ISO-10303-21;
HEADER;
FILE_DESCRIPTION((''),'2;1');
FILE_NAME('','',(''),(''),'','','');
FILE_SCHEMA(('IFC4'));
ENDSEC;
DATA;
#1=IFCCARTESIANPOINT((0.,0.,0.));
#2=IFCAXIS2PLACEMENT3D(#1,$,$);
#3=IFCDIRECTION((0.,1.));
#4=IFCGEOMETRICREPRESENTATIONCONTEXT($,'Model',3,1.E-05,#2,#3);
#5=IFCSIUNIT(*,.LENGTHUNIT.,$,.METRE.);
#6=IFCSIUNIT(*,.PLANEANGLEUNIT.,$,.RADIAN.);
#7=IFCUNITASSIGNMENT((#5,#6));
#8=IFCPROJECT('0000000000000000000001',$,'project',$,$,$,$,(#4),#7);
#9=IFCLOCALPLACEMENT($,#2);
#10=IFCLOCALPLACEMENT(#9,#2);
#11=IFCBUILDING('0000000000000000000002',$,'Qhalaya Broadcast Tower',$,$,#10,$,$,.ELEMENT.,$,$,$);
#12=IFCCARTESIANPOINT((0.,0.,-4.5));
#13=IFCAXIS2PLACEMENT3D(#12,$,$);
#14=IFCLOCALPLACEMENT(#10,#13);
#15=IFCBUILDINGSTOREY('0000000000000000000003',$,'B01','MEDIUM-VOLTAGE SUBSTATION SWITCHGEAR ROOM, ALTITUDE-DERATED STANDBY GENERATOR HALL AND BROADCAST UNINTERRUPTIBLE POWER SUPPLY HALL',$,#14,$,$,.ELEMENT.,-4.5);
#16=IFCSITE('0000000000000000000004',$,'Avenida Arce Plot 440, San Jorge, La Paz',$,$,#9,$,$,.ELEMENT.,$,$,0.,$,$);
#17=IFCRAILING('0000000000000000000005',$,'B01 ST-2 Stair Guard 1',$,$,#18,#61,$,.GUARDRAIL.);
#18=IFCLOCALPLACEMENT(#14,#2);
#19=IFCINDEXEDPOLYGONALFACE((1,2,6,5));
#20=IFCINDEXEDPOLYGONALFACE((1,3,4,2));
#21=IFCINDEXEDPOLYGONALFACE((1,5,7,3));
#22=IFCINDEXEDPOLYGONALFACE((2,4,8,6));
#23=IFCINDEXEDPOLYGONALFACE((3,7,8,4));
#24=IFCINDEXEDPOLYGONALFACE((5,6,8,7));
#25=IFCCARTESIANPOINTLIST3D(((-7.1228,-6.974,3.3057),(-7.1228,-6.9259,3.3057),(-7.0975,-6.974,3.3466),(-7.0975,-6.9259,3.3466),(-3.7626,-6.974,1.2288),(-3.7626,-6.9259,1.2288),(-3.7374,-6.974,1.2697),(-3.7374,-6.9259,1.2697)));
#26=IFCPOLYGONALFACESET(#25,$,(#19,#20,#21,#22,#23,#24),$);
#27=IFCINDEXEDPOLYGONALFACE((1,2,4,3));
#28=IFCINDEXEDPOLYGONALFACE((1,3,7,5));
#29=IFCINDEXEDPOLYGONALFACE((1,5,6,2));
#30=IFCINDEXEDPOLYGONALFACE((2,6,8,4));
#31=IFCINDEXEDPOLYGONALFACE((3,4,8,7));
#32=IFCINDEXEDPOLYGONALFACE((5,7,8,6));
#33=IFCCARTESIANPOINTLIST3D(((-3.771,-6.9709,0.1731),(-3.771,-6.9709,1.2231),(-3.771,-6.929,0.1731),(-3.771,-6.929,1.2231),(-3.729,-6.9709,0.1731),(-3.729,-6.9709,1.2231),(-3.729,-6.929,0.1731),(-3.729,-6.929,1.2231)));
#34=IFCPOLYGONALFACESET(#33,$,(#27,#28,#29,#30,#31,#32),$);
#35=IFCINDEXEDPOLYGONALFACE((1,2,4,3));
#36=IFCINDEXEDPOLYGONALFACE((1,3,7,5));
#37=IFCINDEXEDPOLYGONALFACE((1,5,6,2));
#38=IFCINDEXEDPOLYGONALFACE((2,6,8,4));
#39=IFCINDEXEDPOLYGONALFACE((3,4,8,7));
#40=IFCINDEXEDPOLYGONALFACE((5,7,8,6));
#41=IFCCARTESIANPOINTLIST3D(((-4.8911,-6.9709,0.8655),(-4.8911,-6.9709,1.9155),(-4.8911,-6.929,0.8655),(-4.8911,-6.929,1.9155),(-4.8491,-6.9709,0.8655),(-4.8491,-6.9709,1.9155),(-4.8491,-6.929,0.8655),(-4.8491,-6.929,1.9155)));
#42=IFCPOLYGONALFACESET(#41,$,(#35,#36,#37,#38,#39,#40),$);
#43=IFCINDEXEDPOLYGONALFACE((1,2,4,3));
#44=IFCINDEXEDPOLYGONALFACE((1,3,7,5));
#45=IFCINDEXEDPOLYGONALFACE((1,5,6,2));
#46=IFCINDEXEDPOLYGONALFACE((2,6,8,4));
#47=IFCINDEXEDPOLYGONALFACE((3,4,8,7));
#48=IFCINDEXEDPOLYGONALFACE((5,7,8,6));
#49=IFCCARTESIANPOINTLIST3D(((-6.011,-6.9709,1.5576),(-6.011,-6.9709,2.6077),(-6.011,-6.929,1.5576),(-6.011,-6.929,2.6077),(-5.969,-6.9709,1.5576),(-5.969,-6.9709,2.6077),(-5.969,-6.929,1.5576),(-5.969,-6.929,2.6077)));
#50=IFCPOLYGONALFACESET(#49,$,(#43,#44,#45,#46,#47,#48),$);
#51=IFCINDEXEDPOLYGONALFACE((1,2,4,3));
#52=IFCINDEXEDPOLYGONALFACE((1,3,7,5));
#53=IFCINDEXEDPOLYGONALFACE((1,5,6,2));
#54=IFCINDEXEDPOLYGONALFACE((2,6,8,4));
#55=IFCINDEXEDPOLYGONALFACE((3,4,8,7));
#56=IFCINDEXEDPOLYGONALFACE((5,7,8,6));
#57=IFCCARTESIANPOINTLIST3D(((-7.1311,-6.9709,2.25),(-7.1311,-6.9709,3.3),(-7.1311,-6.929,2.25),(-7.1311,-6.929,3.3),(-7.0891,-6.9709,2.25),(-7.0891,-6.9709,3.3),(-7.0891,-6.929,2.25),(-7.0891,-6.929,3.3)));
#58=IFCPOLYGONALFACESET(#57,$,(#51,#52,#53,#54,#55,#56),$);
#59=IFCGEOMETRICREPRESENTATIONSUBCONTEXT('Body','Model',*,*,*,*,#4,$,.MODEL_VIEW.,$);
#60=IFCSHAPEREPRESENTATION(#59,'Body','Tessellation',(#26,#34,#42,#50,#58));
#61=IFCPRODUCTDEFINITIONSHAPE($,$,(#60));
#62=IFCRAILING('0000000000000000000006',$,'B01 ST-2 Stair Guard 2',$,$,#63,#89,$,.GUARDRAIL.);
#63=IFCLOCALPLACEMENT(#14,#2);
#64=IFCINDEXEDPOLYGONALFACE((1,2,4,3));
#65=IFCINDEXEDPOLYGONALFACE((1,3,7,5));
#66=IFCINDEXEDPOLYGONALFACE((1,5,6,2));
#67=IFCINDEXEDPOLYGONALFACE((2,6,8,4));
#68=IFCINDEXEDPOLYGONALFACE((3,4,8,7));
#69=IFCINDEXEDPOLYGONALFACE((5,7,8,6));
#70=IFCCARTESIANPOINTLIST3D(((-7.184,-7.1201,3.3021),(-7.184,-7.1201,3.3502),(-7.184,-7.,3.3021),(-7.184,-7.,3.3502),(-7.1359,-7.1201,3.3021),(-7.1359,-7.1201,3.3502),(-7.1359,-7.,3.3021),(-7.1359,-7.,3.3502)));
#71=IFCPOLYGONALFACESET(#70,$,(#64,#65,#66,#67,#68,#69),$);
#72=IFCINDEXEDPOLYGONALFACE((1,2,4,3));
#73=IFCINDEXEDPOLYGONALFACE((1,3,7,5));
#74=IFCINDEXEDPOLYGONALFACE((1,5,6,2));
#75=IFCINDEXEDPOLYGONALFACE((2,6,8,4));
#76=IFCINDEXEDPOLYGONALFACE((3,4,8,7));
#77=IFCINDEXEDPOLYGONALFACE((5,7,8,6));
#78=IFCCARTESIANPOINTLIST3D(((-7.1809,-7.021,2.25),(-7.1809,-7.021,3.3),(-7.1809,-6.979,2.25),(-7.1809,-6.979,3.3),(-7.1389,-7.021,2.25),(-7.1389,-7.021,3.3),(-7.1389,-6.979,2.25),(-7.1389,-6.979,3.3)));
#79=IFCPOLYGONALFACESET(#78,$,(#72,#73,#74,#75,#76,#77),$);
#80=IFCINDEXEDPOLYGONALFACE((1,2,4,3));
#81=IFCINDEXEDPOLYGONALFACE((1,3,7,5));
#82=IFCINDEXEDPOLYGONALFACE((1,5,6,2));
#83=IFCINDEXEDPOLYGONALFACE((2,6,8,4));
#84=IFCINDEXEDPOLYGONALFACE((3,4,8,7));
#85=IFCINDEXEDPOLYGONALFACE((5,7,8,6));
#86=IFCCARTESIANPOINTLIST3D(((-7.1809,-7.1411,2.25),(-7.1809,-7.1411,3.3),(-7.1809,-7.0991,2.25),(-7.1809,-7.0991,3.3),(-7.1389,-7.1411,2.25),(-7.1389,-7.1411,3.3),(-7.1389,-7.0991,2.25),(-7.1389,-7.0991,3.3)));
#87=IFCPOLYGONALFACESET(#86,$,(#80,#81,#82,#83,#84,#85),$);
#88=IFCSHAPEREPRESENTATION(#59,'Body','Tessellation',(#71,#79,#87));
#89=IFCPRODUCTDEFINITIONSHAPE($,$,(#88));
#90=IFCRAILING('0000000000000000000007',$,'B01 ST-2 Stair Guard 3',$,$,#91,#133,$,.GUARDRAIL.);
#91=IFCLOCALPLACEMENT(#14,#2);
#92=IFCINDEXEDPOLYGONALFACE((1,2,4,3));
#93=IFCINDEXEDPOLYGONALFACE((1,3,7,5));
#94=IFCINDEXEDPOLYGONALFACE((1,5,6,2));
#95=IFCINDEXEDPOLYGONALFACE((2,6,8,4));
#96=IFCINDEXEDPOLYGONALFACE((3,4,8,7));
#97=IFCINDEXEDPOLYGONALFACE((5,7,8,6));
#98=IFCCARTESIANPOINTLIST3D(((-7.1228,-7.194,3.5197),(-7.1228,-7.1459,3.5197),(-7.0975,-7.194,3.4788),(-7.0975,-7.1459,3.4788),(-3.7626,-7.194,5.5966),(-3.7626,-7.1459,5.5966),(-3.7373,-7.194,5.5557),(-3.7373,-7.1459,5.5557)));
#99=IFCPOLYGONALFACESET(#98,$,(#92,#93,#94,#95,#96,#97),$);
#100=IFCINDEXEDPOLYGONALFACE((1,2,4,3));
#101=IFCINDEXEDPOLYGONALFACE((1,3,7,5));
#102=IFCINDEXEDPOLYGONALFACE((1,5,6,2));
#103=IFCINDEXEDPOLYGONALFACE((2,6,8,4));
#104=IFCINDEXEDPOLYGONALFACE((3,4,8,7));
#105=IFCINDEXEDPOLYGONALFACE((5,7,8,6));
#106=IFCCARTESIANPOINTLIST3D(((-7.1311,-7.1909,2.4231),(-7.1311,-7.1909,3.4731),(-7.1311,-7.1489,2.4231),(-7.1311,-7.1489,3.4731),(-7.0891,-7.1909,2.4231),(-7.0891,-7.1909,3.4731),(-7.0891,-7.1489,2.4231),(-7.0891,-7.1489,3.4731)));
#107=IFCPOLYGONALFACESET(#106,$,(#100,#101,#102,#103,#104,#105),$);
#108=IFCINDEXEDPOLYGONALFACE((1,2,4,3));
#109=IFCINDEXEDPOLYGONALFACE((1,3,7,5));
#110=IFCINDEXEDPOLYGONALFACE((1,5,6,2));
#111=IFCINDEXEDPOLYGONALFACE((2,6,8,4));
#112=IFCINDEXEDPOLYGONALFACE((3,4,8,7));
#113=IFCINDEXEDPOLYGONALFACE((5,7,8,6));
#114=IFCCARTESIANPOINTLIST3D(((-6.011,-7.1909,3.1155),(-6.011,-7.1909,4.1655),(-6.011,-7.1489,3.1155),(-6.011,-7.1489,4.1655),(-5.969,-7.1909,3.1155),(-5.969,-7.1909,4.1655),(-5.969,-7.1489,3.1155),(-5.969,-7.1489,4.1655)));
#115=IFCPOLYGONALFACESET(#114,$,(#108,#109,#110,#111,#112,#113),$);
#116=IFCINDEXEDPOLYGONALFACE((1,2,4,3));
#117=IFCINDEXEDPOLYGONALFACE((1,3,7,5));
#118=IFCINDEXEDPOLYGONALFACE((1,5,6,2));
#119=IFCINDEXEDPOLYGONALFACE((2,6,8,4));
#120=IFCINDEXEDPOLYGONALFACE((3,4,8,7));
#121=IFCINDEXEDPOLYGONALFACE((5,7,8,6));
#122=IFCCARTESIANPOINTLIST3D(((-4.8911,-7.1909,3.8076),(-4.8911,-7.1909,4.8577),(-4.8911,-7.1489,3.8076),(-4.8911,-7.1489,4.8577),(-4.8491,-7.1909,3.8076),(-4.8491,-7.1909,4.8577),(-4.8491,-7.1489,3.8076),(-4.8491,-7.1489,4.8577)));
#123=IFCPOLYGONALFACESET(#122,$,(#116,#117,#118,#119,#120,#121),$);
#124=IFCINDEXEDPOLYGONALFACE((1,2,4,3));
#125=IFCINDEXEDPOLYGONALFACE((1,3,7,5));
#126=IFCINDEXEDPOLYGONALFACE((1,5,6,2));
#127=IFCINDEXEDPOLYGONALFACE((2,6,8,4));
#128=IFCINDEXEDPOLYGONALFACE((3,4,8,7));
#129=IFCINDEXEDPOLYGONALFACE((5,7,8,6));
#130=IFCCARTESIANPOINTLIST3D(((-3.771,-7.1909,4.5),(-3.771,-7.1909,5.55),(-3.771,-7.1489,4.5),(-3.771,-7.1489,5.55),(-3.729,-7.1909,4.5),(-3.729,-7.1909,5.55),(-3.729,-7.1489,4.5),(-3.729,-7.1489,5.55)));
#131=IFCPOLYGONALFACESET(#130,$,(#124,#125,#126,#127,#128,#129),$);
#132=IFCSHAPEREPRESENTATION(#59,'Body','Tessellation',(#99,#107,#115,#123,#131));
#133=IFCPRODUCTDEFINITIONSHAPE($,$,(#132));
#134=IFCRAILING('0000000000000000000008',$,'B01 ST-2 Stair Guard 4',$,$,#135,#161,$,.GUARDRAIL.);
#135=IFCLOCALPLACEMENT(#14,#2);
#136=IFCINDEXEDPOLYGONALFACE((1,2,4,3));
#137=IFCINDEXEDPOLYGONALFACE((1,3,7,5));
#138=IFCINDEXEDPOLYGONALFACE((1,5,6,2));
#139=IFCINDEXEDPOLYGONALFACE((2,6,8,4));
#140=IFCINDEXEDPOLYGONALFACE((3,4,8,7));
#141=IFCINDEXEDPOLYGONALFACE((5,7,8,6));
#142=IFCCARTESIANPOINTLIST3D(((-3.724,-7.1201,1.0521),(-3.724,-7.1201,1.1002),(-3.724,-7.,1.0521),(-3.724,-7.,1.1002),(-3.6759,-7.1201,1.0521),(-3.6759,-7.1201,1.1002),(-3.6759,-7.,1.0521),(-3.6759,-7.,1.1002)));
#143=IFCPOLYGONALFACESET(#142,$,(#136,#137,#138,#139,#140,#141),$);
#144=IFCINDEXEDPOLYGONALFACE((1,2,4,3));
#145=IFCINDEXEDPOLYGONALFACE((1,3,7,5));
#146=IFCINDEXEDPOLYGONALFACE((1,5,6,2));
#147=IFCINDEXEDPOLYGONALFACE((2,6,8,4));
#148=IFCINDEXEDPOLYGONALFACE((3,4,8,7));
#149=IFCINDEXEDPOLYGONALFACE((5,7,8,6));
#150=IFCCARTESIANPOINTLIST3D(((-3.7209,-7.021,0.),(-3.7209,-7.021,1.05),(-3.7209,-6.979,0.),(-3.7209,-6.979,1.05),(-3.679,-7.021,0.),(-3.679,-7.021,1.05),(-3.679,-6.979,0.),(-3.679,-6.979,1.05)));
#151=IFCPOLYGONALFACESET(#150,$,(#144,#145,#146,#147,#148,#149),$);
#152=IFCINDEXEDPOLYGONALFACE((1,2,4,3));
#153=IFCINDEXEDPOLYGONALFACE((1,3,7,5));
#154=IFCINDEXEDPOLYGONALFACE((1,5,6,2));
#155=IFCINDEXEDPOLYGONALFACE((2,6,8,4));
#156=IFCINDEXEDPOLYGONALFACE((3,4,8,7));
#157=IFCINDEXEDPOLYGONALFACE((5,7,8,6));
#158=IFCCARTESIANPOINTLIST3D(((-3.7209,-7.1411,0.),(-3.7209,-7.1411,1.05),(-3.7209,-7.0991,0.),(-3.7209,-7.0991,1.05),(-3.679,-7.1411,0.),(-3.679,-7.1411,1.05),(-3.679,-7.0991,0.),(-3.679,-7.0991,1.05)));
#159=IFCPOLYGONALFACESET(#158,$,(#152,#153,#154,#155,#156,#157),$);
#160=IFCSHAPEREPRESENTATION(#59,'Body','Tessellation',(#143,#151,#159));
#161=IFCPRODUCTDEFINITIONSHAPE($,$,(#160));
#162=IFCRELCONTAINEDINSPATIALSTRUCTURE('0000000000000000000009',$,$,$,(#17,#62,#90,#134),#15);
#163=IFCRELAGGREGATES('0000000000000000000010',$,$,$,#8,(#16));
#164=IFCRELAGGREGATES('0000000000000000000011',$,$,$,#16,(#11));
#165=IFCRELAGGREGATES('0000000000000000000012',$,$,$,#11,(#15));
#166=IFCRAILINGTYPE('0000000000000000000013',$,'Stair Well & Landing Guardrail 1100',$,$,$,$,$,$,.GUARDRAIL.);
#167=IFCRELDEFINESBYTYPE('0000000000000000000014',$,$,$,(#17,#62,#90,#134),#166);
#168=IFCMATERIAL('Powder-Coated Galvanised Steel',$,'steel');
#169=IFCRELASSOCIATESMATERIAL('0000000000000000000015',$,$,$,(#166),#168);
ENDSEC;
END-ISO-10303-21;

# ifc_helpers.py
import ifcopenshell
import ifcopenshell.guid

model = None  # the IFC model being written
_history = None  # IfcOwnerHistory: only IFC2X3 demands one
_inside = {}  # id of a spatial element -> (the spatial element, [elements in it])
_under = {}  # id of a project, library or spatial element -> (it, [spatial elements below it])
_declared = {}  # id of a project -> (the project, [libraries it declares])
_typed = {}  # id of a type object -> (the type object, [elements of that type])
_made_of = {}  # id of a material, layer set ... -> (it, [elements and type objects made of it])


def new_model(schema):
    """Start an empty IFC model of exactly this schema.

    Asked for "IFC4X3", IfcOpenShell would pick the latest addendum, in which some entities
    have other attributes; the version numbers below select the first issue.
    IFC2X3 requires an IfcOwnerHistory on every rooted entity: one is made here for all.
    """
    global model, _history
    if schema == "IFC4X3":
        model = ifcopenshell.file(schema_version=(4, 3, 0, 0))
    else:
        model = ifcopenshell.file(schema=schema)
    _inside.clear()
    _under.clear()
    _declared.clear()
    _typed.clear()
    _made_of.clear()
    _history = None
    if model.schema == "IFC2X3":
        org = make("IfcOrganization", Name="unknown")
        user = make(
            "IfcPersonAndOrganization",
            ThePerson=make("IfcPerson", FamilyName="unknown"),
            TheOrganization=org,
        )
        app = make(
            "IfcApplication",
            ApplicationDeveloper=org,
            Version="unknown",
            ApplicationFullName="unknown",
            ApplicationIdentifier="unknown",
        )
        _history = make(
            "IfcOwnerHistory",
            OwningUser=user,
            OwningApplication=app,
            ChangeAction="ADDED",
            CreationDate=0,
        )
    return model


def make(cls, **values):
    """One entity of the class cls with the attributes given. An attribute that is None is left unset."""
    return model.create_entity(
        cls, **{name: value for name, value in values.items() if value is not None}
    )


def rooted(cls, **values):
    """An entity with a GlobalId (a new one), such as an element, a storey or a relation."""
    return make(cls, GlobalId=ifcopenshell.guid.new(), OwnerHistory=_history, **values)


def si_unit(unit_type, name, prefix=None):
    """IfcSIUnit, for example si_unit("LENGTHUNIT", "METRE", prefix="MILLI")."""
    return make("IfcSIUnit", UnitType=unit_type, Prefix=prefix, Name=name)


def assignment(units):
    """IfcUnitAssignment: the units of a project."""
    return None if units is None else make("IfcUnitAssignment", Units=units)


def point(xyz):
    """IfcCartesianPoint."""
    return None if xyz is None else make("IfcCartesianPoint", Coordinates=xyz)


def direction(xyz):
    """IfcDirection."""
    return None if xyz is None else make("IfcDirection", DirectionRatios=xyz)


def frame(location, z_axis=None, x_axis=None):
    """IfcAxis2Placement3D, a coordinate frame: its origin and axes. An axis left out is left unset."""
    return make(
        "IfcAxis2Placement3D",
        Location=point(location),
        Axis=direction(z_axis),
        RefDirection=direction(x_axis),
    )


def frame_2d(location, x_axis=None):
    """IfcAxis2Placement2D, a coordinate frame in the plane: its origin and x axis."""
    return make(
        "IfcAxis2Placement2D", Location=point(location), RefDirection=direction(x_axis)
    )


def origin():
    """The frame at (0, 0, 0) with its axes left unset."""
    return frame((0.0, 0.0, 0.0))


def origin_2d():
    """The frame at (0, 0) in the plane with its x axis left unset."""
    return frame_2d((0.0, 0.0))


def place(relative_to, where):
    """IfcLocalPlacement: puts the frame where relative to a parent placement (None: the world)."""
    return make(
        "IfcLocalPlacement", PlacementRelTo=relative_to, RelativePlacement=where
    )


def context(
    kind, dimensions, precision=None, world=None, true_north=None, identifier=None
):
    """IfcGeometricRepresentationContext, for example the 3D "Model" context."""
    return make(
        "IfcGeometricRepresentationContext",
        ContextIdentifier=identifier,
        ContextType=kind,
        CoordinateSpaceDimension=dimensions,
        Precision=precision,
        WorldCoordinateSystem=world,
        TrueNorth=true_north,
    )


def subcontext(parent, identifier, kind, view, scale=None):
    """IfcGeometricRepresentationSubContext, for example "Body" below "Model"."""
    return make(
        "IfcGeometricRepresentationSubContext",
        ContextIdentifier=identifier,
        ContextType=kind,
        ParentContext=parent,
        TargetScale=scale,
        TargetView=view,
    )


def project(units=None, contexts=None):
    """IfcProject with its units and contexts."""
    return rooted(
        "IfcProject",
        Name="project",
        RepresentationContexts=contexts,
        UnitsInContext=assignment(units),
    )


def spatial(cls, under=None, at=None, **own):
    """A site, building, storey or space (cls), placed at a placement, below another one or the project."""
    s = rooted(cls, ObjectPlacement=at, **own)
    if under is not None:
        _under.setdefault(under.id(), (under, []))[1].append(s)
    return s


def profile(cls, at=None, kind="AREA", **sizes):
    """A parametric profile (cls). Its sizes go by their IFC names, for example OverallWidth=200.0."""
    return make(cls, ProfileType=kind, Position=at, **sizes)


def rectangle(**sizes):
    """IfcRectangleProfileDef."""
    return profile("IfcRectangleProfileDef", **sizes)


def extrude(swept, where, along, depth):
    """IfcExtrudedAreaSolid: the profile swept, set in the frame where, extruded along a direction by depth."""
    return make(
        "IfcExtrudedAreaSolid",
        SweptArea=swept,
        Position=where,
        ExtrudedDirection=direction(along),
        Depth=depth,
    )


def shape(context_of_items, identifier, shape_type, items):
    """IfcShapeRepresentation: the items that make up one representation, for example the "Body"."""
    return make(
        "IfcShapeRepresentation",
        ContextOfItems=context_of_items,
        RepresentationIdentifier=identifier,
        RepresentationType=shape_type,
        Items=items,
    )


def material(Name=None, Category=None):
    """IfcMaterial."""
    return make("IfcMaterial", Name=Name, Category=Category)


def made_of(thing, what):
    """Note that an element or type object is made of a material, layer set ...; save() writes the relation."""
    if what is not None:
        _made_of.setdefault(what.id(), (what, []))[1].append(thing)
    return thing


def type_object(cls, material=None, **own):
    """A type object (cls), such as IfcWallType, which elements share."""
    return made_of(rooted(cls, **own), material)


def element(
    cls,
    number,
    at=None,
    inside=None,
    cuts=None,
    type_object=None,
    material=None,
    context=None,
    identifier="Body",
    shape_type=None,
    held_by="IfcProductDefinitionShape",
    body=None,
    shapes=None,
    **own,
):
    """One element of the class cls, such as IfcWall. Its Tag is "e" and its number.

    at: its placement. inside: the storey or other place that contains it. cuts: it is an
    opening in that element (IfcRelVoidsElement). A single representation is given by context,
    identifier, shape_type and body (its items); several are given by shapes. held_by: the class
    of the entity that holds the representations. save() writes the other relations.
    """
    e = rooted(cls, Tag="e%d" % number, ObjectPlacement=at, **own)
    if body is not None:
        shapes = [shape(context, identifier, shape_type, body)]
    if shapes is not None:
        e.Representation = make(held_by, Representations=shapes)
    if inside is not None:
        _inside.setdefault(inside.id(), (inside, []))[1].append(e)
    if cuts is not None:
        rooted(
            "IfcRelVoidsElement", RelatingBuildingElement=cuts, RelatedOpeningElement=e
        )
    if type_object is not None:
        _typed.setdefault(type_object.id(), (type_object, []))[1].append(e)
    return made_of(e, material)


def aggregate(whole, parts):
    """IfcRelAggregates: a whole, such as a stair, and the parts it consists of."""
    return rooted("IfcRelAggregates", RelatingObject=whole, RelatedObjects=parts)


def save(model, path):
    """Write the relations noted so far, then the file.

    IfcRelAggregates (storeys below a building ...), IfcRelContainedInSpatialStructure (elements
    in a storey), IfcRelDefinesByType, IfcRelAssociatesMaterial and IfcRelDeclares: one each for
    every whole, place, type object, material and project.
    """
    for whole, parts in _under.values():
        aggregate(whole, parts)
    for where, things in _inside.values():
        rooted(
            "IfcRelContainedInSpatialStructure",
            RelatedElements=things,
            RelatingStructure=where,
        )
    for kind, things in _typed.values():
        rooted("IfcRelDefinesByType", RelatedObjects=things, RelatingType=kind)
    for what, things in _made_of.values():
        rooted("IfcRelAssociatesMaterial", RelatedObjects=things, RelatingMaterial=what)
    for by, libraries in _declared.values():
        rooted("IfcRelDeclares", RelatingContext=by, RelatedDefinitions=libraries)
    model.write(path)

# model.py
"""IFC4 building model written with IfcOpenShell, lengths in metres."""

from ifc_helpers import new_model, si_unit, direction, frame, origin, origin_2d, place, context, subcontext, project, spatial, rectangle, extrude, material, type_object, element, save


model = new_model("IFC4")

# Units and contexts
model_context = context("Model", 3, precision=1e-05, world=origin(), true_north=direction((0.0, 1.0)))
body_context = subcontext(model_context, "Body", "Model", "MODEL_VIEW")
ifc_project = project(units=[si_unit("LENGTHUNIT", "METRE"), si_unit("PLANEANGLEUNIT", "RADIAN")], contexts=[model_context])

# Site, building, storey
site_placement = place(None, origin())
site = spatial("IfcSite", under=ifc_project, at=site_placement, Name="Avenida Arce Plot 440, San Jorge, La Paz", CompositionType="ELEMENT", RefElevation=0.0)
building_placement = place(site_placement, origin())
building = spatial("IfcBuilding", under=site, at=building_placement, Name="Qhalaya Broadcast Tower", CompositionType="ELEMENT")
storey_placement = place(building_placement, frame((0.0, 0.0, -4.5)))
storey = spatial("IfcBuildingStorey", under=building, at=storey_placement, Name="B01", Description="MEDIUM-VOLTAGE SUBSTATION SWITCHGEAR ROOM, ALTITUDE-DERATED STANDBY GENERATOR HALL AND BROADCAST UNINTERRUPTIBLE POWER SUPPLY HALL", CompositionType="ELEMENT", Elevation=-4.5)

# Railings
ifc_material_1 = material(Name="Powder-Coated Galvanised Steel", Category="steel")
railing_type_1 = type_object("IfcRailingType", Name="Stair Well & Landing Guardrail 1100", PredefinedType="GUARDRAIL", material=ifc_material_1)
railing_1_placement = place(storey_placement, frame((-3.75, -6.95, 0.1731)))
element("IfcRailing", 1, at=railing_1_placement, inside=storey, type_object=railing_type_1, Name="B01 ST-2 Stair Guard 1", PredefinedType="GUARDRAIL", context=body_context, shape_type="SweptSolid", body=[
    extrude(rectangle(XDim=0.0481, YDim=0.0481, at=origin_2d()), frame((0.0, 0.0, 1.0762), z_axis=(-0.850623, 0.0, 0.525776), x_axis=(0.0, -1.0, 0.0)), (0.0, 0.0, 1.0), 3.9502),
    extrude(rectangle(XDim=0.042, YDim=0.042, at=origin_2d()), origin(), (0.0, 0.0, 1.0), 1.05),
    extrude(rectangle(XDim=0.042, YDim=0.042, at=origin_2d()), frame((-1.1201, 0.0, 0.6924)), (0.0, 0.0, 1.0), 1.05),
    extrude(rectangle(XDim=0.042, YDim=0.042, at=origin_2d()), frame((-2.24, 0.0, 1.3845)), (0.0, 0.0, 1.0), 1.05),
    extrude(rectangle(XDim=0.042, YDim=0.042, at=origin_2d()), frame((-3.3601, 0.0, 2.0769)), (0.0, 0.0, 1.0), 1.05),
])
railing_2_placement = place(storey_placement, frame((-7.1599, -7.0, 2.25)))
element("IfcRailing", 2, at=railing_2_placement, inside=storey, type_object=railing_type_1, Name="B01 ST-2 Stair Guard 2", PredefinedType="GUARDRAIL", context=body_context, shape_type="SweptSolid", body=[
    extrude(rectangle(XDim=0.0481, YDim=0.0481, at=origin_2d()), frame((0.0, 0.0, 1.0762), z_axis=(0.0, -1.0, 0.0), x_axis=(1.0, 0.0, 0.0)), (0.0, 0.0, 1.0), 0.1201),
    extrude(rectangle(XDim=0.042, YDim=0.042, at=origin_2d()), origin(), (0.0, 0.0, 1.0), 1.05),
    extrude(rectangle(XDim=0.042, YDim=0.042, at=origin_2d()), frame((0.0, -0.1201, 0.0)), (0.0, 0.0, 1.0), 1.05),
])
railing_3_placement = place(storey_placement, frame((-7.1101, -7.1699, 2.4231)))
element("IfcRailing", 3, at=railing_3_placement, inside=storey, type_object=railing_type_1, Name="B01 ST-2 Stair Guard 3", PredefinedType="GUARDRAIL", context=body_context, shape_type="SweptSolid", body=[
    extrude(rectangle(XDim=0.0481, YDim=0.0481, at=origin_2d()), frame((0.0, 0.0, 1.0762), z_axis=(0.850623, 0.0, 0.525776), x_axis=(0.0, 1.0, 0.0)), (0.0, 0.0, 1.0), 3.9502),
    extrude(rectangle(XDim=0.042, YDim=0.042, at=origin_2d()), origin(), (0.0, 0.0, 1.0), 1.05),
    extrude(rectangle(XDim=0.042, YDim=0.042, at=origin_2d()), frame((1.1201, 0.0, 0.6924)), (0.0, 0.0, 1.0), 1.05),
    extrude(rectangle(XDim=0.042, YDim=0.042, at=origin_2d()), frame((2.24, 0.0, 1.3845)), (0.0, 0.0, 1.0), 1.05),
    extrude(rectangle(XDim=0.042, YDim=0.042, at=origin_2d()), frame((3.3601, 0.0, 2.0769)), (0.0, 0.0, 1.0), 1.05),
])
railing_4_placement = place(storey_placement, frame((-3.7, -7.0, 0.0)))
element("IfcRailing", 4, at=railing_4_placement, inside=storey, type_object=railing_type_1, Name="B01 ST-2 Stair Guard 4", PredefinedType="GUARDRAIL", context=body_context, shape_type="SweptSolid", body=[
    extrude(rectangle(XDim=0.0481, YDim=0.0481, at=origin_2d()), frame((0.0, 0.0, 1.0762), z_axis=(0.0, -1.0, 0.0), x_axis=(1.0, 0.0, 0.0)), (0.0, 0.0, 1.0), 0.1201),
    extrude(rectangle(XDim=0.042, YDim=0.042, at=origin_2d()), origin(), (0.0, 0.0, 1.0), 1.05),
    extrude(rectangle(XDim=0.042, YDim=0.042, at=origin_2d()), frame((0.0, -0.1201, 0.0)), (0.0, 0.0, 1.0), 1.05),
])

save(model, "model.ifc")
